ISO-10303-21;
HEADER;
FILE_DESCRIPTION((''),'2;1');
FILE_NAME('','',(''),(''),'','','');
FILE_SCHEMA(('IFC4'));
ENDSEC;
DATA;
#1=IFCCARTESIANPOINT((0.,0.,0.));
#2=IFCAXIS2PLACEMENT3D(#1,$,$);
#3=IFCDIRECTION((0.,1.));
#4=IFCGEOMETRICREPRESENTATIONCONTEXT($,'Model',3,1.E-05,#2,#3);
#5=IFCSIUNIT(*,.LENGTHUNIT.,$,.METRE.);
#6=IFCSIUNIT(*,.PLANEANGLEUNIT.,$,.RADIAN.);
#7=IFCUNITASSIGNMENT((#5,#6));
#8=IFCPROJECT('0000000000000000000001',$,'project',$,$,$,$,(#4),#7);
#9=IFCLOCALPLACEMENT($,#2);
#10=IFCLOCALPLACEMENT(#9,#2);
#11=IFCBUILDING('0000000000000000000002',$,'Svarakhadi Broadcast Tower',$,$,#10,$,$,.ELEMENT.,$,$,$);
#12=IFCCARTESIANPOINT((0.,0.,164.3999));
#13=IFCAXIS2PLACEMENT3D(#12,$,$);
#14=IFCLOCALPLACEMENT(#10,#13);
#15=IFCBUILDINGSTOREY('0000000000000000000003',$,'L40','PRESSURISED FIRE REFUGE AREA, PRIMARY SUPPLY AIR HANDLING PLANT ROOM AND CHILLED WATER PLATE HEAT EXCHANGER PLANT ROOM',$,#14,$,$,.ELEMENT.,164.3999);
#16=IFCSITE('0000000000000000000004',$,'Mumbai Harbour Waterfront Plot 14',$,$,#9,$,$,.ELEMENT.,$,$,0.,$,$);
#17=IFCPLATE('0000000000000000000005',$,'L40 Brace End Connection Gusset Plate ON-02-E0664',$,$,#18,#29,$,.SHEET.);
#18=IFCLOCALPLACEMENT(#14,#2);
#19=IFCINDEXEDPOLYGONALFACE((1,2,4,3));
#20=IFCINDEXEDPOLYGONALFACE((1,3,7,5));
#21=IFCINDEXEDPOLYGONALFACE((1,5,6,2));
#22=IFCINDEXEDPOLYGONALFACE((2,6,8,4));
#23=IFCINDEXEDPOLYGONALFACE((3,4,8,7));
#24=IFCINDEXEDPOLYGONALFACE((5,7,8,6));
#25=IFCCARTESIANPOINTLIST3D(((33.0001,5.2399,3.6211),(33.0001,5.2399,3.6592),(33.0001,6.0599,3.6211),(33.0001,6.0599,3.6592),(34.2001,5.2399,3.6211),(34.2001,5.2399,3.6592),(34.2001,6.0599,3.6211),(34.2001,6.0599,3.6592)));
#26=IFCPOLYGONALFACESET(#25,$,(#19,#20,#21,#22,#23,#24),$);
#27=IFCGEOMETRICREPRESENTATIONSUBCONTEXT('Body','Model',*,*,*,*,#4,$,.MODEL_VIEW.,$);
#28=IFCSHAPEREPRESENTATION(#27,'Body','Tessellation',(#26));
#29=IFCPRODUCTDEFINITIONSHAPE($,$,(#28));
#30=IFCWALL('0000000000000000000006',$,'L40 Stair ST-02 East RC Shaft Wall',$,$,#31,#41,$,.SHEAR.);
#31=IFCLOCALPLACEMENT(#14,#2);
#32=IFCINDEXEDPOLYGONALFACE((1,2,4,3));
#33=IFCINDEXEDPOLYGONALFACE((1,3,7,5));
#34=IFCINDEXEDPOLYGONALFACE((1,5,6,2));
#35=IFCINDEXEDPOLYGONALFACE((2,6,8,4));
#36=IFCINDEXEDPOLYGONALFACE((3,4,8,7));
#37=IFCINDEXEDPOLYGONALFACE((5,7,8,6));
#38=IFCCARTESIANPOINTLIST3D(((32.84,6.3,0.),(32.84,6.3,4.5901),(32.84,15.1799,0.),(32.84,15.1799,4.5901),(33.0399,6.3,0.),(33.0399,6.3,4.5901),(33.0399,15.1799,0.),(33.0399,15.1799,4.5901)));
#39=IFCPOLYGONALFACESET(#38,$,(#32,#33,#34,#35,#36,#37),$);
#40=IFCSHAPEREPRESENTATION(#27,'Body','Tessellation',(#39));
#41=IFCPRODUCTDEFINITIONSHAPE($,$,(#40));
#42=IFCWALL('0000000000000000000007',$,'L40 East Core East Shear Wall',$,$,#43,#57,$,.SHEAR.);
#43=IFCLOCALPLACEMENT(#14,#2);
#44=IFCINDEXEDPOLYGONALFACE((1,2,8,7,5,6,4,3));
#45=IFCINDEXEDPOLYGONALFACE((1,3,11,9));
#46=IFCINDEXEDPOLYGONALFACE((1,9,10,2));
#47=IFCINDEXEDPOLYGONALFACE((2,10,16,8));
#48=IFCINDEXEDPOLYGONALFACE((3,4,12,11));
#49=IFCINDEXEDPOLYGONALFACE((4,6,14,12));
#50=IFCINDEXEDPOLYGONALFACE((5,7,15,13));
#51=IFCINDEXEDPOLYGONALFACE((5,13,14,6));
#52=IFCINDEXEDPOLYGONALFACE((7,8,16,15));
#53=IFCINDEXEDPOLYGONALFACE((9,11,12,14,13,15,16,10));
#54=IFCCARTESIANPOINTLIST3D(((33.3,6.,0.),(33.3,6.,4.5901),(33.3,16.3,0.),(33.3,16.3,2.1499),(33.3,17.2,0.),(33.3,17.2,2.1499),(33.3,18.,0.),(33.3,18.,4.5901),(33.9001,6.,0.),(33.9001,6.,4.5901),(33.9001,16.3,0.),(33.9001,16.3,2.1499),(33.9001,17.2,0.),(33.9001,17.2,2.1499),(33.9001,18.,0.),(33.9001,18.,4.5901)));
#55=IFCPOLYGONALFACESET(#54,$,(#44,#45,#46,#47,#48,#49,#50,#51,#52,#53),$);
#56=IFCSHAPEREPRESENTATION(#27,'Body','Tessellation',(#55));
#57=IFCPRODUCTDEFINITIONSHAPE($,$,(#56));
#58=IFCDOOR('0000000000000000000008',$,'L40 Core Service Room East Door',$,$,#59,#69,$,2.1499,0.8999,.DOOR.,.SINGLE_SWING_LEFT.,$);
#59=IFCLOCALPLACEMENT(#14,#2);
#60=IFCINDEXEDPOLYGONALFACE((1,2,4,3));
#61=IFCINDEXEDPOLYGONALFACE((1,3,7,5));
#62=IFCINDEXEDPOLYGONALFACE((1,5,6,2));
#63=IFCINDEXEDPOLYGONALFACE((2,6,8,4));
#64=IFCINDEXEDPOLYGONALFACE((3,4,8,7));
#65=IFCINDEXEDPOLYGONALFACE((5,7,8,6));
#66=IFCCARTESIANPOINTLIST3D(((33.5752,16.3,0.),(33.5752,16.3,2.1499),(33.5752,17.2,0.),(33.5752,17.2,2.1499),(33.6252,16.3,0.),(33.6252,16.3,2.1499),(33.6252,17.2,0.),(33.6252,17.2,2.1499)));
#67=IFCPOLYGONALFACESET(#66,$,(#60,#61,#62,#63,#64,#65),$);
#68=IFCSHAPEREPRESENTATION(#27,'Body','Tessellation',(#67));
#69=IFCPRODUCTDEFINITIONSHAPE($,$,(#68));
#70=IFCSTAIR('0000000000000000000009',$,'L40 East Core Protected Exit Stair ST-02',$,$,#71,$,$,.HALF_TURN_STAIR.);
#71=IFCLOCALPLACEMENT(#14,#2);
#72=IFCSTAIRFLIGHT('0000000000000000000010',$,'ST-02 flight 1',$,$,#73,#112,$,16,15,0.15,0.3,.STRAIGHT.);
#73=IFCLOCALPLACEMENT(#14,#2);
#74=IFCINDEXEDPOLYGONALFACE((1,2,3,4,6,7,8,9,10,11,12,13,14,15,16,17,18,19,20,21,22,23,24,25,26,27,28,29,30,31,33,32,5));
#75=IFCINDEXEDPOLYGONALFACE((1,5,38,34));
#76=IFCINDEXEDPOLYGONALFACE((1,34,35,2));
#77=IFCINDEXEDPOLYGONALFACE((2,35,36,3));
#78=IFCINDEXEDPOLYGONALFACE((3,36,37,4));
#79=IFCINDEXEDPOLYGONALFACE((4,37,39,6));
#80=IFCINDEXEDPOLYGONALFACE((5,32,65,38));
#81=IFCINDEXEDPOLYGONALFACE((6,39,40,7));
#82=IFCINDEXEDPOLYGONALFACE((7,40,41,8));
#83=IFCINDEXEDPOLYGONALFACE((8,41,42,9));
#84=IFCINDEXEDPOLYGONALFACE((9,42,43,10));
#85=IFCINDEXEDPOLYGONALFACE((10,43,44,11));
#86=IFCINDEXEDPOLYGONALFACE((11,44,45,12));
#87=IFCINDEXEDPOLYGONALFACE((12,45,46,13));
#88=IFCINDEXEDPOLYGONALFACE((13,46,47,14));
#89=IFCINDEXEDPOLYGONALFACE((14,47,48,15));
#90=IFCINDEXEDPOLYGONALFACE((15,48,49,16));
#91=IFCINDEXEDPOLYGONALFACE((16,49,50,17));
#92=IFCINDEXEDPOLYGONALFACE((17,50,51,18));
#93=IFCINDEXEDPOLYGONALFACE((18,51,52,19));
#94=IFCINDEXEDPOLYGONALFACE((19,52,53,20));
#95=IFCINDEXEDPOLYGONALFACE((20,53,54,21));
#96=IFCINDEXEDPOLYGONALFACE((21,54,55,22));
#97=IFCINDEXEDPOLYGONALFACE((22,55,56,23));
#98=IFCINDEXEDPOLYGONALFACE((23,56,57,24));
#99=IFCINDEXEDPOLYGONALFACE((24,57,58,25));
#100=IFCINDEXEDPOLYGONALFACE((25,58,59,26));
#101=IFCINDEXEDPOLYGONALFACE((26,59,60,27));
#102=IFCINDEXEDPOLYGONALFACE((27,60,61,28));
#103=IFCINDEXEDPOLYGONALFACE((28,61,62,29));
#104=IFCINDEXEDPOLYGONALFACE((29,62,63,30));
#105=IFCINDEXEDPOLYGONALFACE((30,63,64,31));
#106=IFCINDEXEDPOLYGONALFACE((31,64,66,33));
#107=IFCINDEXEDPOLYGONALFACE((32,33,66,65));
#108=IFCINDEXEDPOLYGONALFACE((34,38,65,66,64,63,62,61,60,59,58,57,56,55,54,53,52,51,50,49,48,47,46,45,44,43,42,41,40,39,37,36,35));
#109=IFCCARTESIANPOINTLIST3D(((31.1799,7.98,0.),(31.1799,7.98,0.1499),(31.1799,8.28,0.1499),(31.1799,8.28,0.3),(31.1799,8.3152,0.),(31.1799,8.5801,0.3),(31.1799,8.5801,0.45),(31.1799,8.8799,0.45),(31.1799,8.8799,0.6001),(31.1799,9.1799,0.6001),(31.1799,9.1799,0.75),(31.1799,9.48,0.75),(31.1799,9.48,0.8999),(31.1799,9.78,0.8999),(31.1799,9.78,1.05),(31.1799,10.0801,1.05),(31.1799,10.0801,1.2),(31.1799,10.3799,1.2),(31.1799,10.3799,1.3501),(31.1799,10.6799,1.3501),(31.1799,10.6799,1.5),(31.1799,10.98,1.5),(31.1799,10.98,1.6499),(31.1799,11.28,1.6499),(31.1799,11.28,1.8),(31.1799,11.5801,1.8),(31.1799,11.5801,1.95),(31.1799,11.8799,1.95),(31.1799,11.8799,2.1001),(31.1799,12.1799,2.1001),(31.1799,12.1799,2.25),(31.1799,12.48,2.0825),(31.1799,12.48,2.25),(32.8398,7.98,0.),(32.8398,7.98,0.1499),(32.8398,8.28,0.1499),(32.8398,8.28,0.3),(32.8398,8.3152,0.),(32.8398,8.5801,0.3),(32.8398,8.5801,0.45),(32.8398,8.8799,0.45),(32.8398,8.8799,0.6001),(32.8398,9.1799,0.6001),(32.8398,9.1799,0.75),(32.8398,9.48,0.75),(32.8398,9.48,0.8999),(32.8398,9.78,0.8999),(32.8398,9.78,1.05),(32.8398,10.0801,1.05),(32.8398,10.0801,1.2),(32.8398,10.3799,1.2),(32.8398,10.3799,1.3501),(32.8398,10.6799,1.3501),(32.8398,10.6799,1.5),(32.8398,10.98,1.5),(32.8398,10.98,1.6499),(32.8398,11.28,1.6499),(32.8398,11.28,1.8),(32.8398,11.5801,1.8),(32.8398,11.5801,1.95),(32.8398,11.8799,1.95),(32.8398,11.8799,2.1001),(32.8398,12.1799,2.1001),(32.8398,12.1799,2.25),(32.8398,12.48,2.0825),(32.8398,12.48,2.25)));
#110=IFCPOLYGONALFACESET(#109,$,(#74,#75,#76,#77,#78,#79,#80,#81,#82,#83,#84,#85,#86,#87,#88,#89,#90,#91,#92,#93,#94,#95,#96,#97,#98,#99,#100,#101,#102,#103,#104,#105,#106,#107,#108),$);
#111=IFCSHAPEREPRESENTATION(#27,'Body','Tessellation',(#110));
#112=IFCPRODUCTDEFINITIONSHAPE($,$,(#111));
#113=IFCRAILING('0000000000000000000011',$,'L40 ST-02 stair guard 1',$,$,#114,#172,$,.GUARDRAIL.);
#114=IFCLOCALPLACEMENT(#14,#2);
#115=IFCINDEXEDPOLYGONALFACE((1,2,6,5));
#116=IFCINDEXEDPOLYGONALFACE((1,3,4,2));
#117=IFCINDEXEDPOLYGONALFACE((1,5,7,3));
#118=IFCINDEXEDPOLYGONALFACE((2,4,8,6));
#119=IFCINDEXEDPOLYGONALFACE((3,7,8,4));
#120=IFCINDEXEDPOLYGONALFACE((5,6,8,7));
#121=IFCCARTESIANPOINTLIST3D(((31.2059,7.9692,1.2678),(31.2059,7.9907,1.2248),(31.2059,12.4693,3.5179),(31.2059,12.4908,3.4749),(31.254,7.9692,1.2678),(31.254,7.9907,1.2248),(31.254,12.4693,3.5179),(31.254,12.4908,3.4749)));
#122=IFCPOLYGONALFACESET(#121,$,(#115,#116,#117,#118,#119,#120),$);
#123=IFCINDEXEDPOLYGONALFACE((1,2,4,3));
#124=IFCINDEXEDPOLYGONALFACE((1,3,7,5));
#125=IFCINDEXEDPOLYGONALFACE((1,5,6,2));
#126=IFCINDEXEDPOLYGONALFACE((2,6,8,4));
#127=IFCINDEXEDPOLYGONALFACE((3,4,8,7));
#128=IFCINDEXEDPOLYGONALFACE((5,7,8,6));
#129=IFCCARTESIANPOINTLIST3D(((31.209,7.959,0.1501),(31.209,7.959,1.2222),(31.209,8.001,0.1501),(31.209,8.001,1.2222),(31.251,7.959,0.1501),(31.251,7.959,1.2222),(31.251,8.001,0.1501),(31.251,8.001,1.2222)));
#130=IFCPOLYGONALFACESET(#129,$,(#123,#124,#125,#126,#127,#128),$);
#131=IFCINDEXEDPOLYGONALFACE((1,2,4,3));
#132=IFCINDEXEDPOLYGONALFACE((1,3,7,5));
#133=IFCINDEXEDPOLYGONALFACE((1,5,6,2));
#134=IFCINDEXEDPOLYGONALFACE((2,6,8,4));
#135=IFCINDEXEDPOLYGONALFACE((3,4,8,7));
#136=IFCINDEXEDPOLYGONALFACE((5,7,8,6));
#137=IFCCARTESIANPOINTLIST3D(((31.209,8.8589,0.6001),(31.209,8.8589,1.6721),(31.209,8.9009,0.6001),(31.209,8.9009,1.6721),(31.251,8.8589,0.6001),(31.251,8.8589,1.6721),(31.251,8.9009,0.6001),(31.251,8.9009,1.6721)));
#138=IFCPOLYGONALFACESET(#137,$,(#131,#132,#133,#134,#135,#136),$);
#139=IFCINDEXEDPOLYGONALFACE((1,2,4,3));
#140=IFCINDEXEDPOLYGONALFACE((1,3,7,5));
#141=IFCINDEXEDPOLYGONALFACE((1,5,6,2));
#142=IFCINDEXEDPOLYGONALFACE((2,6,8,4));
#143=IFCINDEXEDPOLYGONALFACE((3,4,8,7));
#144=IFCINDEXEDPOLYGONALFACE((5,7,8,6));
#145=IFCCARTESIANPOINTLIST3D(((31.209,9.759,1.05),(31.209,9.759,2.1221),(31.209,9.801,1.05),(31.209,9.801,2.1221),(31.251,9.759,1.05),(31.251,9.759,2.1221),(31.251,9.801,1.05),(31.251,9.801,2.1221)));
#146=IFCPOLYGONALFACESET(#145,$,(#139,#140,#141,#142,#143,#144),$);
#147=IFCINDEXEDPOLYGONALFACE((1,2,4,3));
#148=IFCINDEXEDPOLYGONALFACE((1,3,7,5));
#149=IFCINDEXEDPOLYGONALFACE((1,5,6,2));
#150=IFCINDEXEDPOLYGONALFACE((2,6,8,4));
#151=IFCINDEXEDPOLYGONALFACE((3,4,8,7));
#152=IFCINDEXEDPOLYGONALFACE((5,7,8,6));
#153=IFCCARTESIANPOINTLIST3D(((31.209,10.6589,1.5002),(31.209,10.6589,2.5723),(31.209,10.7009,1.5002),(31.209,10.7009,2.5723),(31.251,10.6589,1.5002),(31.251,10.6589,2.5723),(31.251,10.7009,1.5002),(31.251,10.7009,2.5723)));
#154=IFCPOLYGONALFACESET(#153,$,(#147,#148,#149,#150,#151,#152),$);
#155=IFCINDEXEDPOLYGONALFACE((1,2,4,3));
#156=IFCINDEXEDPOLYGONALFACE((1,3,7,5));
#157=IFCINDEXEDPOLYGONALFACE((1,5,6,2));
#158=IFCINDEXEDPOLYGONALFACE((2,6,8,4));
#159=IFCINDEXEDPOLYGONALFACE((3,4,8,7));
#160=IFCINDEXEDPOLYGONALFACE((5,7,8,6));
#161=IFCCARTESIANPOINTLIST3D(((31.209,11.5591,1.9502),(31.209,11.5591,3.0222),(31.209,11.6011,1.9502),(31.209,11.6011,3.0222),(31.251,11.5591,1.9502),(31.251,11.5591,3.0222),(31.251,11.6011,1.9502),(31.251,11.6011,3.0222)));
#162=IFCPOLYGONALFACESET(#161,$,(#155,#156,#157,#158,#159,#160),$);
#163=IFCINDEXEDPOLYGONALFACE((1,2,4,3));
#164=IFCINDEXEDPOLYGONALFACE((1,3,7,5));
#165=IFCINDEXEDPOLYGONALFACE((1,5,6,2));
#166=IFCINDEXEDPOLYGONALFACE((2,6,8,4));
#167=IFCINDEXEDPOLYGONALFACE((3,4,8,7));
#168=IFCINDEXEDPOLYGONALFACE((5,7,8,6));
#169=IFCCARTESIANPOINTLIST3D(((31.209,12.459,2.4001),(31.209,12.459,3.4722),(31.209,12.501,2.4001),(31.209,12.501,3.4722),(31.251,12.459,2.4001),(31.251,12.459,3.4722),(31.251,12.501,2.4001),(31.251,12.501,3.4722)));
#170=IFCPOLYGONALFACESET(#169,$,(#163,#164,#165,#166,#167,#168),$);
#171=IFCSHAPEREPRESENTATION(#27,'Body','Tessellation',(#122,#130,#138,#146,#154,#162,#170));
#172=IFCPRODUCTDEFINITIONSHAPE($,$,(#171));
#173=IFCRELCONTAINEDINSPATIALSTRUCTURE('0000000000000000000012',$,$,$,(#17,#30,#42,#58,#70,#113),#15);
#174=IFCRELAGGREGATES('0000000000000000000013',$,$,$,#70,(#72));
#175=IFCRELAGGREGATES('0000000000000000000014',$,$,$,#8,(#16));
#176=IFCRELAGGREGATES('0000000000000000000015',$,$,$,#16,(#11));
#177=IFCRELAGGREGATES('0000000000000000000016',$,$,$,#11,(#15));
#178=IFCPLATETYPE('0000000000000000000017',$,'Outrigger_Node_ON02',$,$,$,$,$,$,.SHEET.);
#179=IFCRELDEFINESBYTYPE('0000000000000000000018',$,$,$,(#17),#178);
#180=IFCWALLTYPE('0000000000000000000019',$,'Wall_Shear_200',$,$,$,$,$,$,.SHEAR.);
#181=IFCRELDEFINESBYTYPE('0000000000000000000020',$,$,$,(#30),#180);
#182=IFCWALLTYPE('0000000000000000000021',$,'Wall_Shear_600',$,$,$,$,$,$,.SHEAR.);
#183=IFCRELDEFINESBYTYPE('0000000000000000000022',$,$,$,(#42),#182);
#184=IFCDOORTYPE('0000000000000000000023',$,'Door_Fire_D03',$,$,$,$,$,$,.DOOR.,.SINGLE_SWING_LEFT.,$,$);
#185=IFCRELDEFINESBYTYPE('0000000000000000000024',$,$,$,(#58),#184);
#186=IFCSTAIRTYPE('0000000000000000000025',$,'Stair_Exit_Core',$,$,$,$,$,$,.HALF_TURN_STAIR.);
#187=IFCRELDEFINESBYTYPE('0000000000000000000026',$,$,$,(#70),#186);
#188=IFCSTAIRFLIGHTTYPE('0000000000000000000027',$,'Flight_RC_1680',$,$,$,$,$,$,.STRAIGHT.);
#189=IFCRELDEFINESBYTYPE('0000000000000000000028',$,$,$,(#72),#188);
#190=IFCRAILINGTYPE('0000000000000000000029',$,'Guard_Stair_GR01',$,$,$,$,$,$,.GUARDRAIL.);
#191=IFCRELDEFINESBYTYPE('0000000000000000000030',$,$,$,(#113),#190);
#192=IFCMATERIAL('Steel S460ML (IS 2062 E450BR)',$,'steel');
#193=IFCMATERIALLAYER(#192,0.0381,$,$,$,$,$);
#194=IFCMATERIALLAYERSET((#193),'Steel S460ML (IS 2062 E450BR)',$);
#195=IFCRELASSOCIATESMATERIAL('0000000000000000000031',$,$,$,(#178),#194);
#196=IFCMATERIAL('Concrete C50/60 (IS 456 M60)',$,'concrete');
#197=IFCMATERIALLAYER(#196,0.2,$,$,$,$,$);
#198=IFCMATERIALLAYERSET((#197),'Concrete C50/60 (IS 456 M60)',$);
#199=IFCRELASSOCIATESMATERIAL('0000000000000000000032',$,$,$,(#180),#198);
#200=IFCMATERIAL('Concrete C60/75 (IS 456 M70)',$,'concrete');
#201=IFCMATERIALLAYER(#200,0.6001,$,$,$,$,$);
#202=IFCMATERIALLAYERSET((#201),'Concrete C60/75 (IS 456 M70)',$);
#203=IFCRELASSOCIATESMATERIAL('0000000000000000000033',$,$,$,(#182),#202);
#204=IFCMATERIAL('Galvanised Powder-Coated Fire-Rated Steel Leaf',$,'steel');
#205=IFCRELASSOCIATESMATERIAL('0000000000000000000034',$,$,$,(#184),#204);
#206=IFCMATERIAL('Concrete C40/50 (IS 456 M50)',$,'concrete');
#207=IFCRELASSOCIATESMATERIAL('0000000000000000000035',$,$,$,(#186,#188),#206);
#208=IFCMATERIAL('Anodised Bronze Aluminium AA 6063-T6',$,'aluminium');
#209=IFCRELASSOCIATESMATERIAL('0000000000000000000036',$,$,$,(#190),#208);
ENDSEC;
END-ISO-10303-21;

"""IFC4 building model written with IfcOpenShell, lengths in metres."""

from ifc_helpers import new_model, si_unit, direction, frame, frame_2d, origin, origin_2d, place, context, subcontext, project, spatial, polyline, rectangle, outline, extrude, material, layer, layer_set, type_object, element, fill, aggregate, save


model = new_model("IFC4")

# Units and contexts
model_context = context("Model", 3, precision=1e-05, world=origin(), true_north=direction((0.0, 1.0)))
body_context = subcontext(model_context, "Body", "Model", "MODEL_VIEW")
ifc_project = project(units=[si_unit("LENGTHUNIT", "METRE"), si_unit("PLANEANGLEUNIT", "RADIAN")], contexts=[model_context])

# Site, building, storey
site_placement = place(None, origin())
site = spatial("IfcSite", under=ifc_project, at=site_placement, Name="Mumbai Harbour Waterfront Plot 14", CompositionType="ELEMENT", RefElevation=0.0)
building_placement = place(site_placement, origin())
building = spatial("IfcBuilding", under=site, at=building_placement, Name="Svarakhadi Broadcast Tower", CompositionType="ELEMENT")
storey_placement = place(building_placement, frame((0.0, 0.0, 164.3999)))
storey = spatial("IfcBuildingStorey", under=building, at=storey_placement, Name="L40", Description="PRESSURISED FIRE REFUGE AREA, PRIMARY SUPPLY AIR HANDLING PLANT ROOM AND CHILLED WATER PLATE HEAT EXCHANGER PLANT ROOM", CompositionType="ELEMENT", Elevation=164.3999)

# Shared definitions
ifc_material_1 = material(Name="Concrete C50/60 (IS 456 M60)", Category="concrete")
ifc_material_2 = material(Name="Steel S460ML (IS 2062 E450BR)", Category="steel")

# Plate
ifc_layer_1 = layer(ifc_material_2, 0.0381)
ifc_layer_set_1 = layer_set([ifc_layer_1], Name="Steel S460ML (IS 2062 E450BR)")
plate_type_1 = type_object("IfcPlateType", Name="Outrigger_Node_ON02", PredefinedType="SHEET", material=ifc_layer_set_1)
for number, where, z_axis, x_axis, name in (
    (1, (33.6001, 5.6499, 3.6211), (0.0, 0.0, 1.0), (1.0, 0.0, 0.0), "L40 Brace End Connection Gusset Plate ON-02-E0664"),
):
    element("IfcPlate", number, at=place(storey_placement, frame(where, z_axis=z_axis, x_axis=x_axis)), inside=storey, type_object=plate_type_1, Name=name, PredefinedType="SHEET", context=body_context, shape_type="SweptSolid", body=[
        extrude(rectangle(XDim=1.2, YDim=0.8201, at=origin_2d()), origin(), (0.0, 0.0, 1.0), 0.0381),
    ])

# Wall
ifc_layer_2 = layer(ifc_material_1, 0.2)
ifc_layer_set_2 = layer_set([ifc_layer_2], Name="Concrete C50/60 (IS 456 M60)")
wall_type_1 = type_object("IfcWallType", Name="Wall_Shear_200", PredefinedType="SHEAR", material=ifc_layer_set_2)
wall_1_placement = place(storey_placement, frame((32.9399, 6.3, 0.0), z_axis=(0.0, 0.0, 1.0), x_axis=(0.0, 1.0, 0.0)))
element("IfcWall", 2, at=wall_1_placement, inside=storey, type_object=wall_type_1, Name="L40 Stair ST-02 East RC Shaft Wall", PredefinedType="SHEAR", context=body_context, shape_type="SweptSolid", body=[
    extrude(rectangle(XDim=8.8799, YDim=0.2, at=frame_2d((4.4399, 0.0))), origin(), (0.0, 0.0, 1.0), 4.5901),
])

# Wall, opening, door
ifc_material_3 = material(Name="Concrete C60/75 (IS 456 M70)", Category="concrete")
ifc_layer_3 = layer(ifc_material_3, 0.6001)
ifc_layer_set_3 = layer_set([ifc_layer_3], Name="Concrete C60/75 (IS 456 M70)")
wall_type_2 = type_object("IfcWallType", Name="Wall_Shear_600", PredefinedType="SHEAR", material=ifc_layer_set_3)
wall_2_placement = place(storey_placement, frame((33.6001, 6.0, 0.0), z_axis=(0.0, 0.0, 1.0), x_axis=(0.0, 1.0, 0.0)))
wall_2 = element("IfcWall", 3, at=wall_2_placement, inside=storey, type_object=wall_type_2, Name="L40 East Core East Shear Wall", PredefinedType="SHEAR", context=body_context, shape_type="SweptSolid", body=[
    extrude(rectangle(XDim=12.0, YDim=0.6001, at=frame_2d((6.0, 0.0))), origin(), (0.0, 0.0, 1.0), 4.5901),
])
opening_placement = place(wall_2_placement, frame((10.3, 0.0, 0.0)))
opening = element("IfcOpeningElement", 4, at=opening_placement, cuts=wall_2, PredefinedType="OPENING", context=body_context, shape_type="SweptSolid", body=[
    extrude(rectangle(XDim=0.8999, YDim=2.1499, at=frame_2d((0.45, 1.075))), frame((0.0, 0.3101, 0.0), z_axis=(0.0, -1.0, 0.0), x_axis=(1.0, 0.0, 0.0)), (0.0, 0.0, 1.0), 0.6201),
])
ifc_material_4 = material(Name="Galvanised Powder-Coated Fire-Rated Steel Leaf", Category="steel")
door_type = type_object("IfcDoorType", Name="Door_Fire_D03", OperationType="SINGLE_SWING_LEFT", PredefinedType="DOOR", material=ifc_material_4)
door_placement = place(opening_placement, origin())
door = element("IfcDoor", 5, at=door_placement, inside=storey, type_object=door_type, Name="L40 Core Service Room East Door", OperationType="SINGLE_SWING_LEFT", OverallHeight=2.1499, OverallWidth=0.8999, PredefinedType="DOOR", context=body_context, shape_type="SweptSolid", body=[
    extrude(rectangle(XDim=0.8999, YDim=2.1499, at=frame_2d((0.45, 1.075))), frame((0.0, 0.0249, 0.0), z_axis=(0.0, -1.0, 0.0), x_axis=(1.0, 0.0, 0.0)), (0.0, 0.0, 1.0), 0.05),
])
fill(opening, door)

# Stair, stair flight
ifc_material_5 = material(Name="Concrete C40/50 (IS 456 M50)", Category="concrete")
stair_type = type_object("IfcStairType", Name="Stair_Exit_Core", PredefinedType="HALF_TURN_STAIR", material=ifc_material_5)
stair_placement = place(storey_placement, origin())
stair = element("IfcStair", 6, at=stair_placement, inside=storey, type_object=stair_type, Name="L40 East Core Protected Exit Stair ST-02", PredefinedType="HALF_TURN_STAIR")
stair_flight_type = type_object("IfcStairFlightType", Name="Flight_RC_1680", PredefinedType="STRAIGHT", material=ifc_material_5)
stair_flight_placement = place(storey_placement, frame((32.01, 7.98, 0.0), z_axis=(0.0, 0.0, 1.0), x_axis=(0.0, 1.0, 0.0)))
stair_flight = element("IfcStairFlight", 7, at=stair_flight_placement, type_object=stair_flight_type, Name="ST-02 flight 1", NumberOfRisers=16, NumberOfTreads=15, PredefinedType="STRAIGHT", RiserHeight=0.15, TreadLength=0.3, context=body_context, shape_type="SweptSolid", body=[
    extrude(outline(polyline([(0.0, 0.0), (0.0, 0.1499), (0.3, 0.1499), (0.3, 0.3), (0.6001, 0.3), (0.6001, 0.45), (0.8999, 0.45), (0.8999, 0.6001), (1.2, 0.6001), (1.2, 0.75), (1.5, 0.75), (1.5, 0.8999), (1.8, 0.8999), (1.8, 1.05), (2.1001, 1.05), (2.1001, 1.2), (2.3999, 1.2), (2.3999, 1.3501), (2.7, 1.3501), (2.7, 1.5), (3.0, 1.5), (3.0, 1.6499), (3.3, 1.6499), (3.3, 1.8), (3.6001, 1.8), (3.6001, 1.95), (3.8999, 1.95), (3.8999, 2.1001), (4.2, 2.1001), (4.2, 2.25), (4.5, 2.25), (4.5, 2.3999), (4.5, 2.0825), (0.3352, 0.0), (0.0, 0.0)])), frame((0.0, 0.8301, 0.0), z_axis=(0.0, -1.0, 0.0), x_axis=(1.0, 0.0, 0.0)), (0.0, 0.0, 1.0), 1.6599),
])
aggregate(stair, [stair_flight])

# Railing
ifc_material_6 = material(Name="Anodised Bronze Aluminium AA 6063-T6", Category="aluminium")
railing_type_1 = type_object("IfcRailingType", Name="Guard_Stair_GR01", PredefinedType="GUARDRAIL", material=ifc_material_6)
railing_1_placement = place(storey_placement, frame((31.23, 7.98, 0.1501)))
element("IfcRailing", 8, at=railing_1_placement, inside=storey, type_object=railing_type_1, Name="L40 ST-02 stair guard 1", PredefinedType="GUARDRAIL", context=body_context, shape_type="SweptSolid", body=[
    extrude(rectangle(XDim=0.0481, YDim=0.0481, at=origin_2d()), frame((0.0, 0.0, 1.0962), z_axis=(0.0, 0.894427, 0.447214), x_axis=(-1.0, 0.0, 0.0)), (0.0, 0.0, 1.0), 5.0312),
    extrude(rectangle(XDim=0.042, YDim=0.042, at=origin_2d()), origin(), (0.0, 0.0, 1.0), 1.072),
    extrude(rectangle(XDim=0.042, YDim=0.042, at=origin_2d()), frame((0.0, 0.8999, 0.45)), (0.0, 0.0, 1.0), 1.072),
    extrude(rectangle(XDim=0.042, YDim=0.042, at=origin_2d()), frame((0.0, 1.8, 0.8999)), (0.0, 0.0, 1.0), 1.072),
    extrude(rectangle(XDim=0.042, YDim=0.042, at=origin_2d()), frame((0.0, 2.7, 1.3501)), (0.0, 0.0, 1.0), 1.072),
    extrude(rectangle(XDim=0.042, YDim=0.042, at=origin_2d()), frame((0.0, 3.6001, 1.8)), (0.0, 0.0, 1.0), 1.072),
    extrude(rectangle(XDim=0.042, YDim=0.042, at=origin_2d()), frame((0.0, 4.5, 2.25)), (0.0, 0.0, 1.0), 1.072),
])

save(model, "model.ifc")
